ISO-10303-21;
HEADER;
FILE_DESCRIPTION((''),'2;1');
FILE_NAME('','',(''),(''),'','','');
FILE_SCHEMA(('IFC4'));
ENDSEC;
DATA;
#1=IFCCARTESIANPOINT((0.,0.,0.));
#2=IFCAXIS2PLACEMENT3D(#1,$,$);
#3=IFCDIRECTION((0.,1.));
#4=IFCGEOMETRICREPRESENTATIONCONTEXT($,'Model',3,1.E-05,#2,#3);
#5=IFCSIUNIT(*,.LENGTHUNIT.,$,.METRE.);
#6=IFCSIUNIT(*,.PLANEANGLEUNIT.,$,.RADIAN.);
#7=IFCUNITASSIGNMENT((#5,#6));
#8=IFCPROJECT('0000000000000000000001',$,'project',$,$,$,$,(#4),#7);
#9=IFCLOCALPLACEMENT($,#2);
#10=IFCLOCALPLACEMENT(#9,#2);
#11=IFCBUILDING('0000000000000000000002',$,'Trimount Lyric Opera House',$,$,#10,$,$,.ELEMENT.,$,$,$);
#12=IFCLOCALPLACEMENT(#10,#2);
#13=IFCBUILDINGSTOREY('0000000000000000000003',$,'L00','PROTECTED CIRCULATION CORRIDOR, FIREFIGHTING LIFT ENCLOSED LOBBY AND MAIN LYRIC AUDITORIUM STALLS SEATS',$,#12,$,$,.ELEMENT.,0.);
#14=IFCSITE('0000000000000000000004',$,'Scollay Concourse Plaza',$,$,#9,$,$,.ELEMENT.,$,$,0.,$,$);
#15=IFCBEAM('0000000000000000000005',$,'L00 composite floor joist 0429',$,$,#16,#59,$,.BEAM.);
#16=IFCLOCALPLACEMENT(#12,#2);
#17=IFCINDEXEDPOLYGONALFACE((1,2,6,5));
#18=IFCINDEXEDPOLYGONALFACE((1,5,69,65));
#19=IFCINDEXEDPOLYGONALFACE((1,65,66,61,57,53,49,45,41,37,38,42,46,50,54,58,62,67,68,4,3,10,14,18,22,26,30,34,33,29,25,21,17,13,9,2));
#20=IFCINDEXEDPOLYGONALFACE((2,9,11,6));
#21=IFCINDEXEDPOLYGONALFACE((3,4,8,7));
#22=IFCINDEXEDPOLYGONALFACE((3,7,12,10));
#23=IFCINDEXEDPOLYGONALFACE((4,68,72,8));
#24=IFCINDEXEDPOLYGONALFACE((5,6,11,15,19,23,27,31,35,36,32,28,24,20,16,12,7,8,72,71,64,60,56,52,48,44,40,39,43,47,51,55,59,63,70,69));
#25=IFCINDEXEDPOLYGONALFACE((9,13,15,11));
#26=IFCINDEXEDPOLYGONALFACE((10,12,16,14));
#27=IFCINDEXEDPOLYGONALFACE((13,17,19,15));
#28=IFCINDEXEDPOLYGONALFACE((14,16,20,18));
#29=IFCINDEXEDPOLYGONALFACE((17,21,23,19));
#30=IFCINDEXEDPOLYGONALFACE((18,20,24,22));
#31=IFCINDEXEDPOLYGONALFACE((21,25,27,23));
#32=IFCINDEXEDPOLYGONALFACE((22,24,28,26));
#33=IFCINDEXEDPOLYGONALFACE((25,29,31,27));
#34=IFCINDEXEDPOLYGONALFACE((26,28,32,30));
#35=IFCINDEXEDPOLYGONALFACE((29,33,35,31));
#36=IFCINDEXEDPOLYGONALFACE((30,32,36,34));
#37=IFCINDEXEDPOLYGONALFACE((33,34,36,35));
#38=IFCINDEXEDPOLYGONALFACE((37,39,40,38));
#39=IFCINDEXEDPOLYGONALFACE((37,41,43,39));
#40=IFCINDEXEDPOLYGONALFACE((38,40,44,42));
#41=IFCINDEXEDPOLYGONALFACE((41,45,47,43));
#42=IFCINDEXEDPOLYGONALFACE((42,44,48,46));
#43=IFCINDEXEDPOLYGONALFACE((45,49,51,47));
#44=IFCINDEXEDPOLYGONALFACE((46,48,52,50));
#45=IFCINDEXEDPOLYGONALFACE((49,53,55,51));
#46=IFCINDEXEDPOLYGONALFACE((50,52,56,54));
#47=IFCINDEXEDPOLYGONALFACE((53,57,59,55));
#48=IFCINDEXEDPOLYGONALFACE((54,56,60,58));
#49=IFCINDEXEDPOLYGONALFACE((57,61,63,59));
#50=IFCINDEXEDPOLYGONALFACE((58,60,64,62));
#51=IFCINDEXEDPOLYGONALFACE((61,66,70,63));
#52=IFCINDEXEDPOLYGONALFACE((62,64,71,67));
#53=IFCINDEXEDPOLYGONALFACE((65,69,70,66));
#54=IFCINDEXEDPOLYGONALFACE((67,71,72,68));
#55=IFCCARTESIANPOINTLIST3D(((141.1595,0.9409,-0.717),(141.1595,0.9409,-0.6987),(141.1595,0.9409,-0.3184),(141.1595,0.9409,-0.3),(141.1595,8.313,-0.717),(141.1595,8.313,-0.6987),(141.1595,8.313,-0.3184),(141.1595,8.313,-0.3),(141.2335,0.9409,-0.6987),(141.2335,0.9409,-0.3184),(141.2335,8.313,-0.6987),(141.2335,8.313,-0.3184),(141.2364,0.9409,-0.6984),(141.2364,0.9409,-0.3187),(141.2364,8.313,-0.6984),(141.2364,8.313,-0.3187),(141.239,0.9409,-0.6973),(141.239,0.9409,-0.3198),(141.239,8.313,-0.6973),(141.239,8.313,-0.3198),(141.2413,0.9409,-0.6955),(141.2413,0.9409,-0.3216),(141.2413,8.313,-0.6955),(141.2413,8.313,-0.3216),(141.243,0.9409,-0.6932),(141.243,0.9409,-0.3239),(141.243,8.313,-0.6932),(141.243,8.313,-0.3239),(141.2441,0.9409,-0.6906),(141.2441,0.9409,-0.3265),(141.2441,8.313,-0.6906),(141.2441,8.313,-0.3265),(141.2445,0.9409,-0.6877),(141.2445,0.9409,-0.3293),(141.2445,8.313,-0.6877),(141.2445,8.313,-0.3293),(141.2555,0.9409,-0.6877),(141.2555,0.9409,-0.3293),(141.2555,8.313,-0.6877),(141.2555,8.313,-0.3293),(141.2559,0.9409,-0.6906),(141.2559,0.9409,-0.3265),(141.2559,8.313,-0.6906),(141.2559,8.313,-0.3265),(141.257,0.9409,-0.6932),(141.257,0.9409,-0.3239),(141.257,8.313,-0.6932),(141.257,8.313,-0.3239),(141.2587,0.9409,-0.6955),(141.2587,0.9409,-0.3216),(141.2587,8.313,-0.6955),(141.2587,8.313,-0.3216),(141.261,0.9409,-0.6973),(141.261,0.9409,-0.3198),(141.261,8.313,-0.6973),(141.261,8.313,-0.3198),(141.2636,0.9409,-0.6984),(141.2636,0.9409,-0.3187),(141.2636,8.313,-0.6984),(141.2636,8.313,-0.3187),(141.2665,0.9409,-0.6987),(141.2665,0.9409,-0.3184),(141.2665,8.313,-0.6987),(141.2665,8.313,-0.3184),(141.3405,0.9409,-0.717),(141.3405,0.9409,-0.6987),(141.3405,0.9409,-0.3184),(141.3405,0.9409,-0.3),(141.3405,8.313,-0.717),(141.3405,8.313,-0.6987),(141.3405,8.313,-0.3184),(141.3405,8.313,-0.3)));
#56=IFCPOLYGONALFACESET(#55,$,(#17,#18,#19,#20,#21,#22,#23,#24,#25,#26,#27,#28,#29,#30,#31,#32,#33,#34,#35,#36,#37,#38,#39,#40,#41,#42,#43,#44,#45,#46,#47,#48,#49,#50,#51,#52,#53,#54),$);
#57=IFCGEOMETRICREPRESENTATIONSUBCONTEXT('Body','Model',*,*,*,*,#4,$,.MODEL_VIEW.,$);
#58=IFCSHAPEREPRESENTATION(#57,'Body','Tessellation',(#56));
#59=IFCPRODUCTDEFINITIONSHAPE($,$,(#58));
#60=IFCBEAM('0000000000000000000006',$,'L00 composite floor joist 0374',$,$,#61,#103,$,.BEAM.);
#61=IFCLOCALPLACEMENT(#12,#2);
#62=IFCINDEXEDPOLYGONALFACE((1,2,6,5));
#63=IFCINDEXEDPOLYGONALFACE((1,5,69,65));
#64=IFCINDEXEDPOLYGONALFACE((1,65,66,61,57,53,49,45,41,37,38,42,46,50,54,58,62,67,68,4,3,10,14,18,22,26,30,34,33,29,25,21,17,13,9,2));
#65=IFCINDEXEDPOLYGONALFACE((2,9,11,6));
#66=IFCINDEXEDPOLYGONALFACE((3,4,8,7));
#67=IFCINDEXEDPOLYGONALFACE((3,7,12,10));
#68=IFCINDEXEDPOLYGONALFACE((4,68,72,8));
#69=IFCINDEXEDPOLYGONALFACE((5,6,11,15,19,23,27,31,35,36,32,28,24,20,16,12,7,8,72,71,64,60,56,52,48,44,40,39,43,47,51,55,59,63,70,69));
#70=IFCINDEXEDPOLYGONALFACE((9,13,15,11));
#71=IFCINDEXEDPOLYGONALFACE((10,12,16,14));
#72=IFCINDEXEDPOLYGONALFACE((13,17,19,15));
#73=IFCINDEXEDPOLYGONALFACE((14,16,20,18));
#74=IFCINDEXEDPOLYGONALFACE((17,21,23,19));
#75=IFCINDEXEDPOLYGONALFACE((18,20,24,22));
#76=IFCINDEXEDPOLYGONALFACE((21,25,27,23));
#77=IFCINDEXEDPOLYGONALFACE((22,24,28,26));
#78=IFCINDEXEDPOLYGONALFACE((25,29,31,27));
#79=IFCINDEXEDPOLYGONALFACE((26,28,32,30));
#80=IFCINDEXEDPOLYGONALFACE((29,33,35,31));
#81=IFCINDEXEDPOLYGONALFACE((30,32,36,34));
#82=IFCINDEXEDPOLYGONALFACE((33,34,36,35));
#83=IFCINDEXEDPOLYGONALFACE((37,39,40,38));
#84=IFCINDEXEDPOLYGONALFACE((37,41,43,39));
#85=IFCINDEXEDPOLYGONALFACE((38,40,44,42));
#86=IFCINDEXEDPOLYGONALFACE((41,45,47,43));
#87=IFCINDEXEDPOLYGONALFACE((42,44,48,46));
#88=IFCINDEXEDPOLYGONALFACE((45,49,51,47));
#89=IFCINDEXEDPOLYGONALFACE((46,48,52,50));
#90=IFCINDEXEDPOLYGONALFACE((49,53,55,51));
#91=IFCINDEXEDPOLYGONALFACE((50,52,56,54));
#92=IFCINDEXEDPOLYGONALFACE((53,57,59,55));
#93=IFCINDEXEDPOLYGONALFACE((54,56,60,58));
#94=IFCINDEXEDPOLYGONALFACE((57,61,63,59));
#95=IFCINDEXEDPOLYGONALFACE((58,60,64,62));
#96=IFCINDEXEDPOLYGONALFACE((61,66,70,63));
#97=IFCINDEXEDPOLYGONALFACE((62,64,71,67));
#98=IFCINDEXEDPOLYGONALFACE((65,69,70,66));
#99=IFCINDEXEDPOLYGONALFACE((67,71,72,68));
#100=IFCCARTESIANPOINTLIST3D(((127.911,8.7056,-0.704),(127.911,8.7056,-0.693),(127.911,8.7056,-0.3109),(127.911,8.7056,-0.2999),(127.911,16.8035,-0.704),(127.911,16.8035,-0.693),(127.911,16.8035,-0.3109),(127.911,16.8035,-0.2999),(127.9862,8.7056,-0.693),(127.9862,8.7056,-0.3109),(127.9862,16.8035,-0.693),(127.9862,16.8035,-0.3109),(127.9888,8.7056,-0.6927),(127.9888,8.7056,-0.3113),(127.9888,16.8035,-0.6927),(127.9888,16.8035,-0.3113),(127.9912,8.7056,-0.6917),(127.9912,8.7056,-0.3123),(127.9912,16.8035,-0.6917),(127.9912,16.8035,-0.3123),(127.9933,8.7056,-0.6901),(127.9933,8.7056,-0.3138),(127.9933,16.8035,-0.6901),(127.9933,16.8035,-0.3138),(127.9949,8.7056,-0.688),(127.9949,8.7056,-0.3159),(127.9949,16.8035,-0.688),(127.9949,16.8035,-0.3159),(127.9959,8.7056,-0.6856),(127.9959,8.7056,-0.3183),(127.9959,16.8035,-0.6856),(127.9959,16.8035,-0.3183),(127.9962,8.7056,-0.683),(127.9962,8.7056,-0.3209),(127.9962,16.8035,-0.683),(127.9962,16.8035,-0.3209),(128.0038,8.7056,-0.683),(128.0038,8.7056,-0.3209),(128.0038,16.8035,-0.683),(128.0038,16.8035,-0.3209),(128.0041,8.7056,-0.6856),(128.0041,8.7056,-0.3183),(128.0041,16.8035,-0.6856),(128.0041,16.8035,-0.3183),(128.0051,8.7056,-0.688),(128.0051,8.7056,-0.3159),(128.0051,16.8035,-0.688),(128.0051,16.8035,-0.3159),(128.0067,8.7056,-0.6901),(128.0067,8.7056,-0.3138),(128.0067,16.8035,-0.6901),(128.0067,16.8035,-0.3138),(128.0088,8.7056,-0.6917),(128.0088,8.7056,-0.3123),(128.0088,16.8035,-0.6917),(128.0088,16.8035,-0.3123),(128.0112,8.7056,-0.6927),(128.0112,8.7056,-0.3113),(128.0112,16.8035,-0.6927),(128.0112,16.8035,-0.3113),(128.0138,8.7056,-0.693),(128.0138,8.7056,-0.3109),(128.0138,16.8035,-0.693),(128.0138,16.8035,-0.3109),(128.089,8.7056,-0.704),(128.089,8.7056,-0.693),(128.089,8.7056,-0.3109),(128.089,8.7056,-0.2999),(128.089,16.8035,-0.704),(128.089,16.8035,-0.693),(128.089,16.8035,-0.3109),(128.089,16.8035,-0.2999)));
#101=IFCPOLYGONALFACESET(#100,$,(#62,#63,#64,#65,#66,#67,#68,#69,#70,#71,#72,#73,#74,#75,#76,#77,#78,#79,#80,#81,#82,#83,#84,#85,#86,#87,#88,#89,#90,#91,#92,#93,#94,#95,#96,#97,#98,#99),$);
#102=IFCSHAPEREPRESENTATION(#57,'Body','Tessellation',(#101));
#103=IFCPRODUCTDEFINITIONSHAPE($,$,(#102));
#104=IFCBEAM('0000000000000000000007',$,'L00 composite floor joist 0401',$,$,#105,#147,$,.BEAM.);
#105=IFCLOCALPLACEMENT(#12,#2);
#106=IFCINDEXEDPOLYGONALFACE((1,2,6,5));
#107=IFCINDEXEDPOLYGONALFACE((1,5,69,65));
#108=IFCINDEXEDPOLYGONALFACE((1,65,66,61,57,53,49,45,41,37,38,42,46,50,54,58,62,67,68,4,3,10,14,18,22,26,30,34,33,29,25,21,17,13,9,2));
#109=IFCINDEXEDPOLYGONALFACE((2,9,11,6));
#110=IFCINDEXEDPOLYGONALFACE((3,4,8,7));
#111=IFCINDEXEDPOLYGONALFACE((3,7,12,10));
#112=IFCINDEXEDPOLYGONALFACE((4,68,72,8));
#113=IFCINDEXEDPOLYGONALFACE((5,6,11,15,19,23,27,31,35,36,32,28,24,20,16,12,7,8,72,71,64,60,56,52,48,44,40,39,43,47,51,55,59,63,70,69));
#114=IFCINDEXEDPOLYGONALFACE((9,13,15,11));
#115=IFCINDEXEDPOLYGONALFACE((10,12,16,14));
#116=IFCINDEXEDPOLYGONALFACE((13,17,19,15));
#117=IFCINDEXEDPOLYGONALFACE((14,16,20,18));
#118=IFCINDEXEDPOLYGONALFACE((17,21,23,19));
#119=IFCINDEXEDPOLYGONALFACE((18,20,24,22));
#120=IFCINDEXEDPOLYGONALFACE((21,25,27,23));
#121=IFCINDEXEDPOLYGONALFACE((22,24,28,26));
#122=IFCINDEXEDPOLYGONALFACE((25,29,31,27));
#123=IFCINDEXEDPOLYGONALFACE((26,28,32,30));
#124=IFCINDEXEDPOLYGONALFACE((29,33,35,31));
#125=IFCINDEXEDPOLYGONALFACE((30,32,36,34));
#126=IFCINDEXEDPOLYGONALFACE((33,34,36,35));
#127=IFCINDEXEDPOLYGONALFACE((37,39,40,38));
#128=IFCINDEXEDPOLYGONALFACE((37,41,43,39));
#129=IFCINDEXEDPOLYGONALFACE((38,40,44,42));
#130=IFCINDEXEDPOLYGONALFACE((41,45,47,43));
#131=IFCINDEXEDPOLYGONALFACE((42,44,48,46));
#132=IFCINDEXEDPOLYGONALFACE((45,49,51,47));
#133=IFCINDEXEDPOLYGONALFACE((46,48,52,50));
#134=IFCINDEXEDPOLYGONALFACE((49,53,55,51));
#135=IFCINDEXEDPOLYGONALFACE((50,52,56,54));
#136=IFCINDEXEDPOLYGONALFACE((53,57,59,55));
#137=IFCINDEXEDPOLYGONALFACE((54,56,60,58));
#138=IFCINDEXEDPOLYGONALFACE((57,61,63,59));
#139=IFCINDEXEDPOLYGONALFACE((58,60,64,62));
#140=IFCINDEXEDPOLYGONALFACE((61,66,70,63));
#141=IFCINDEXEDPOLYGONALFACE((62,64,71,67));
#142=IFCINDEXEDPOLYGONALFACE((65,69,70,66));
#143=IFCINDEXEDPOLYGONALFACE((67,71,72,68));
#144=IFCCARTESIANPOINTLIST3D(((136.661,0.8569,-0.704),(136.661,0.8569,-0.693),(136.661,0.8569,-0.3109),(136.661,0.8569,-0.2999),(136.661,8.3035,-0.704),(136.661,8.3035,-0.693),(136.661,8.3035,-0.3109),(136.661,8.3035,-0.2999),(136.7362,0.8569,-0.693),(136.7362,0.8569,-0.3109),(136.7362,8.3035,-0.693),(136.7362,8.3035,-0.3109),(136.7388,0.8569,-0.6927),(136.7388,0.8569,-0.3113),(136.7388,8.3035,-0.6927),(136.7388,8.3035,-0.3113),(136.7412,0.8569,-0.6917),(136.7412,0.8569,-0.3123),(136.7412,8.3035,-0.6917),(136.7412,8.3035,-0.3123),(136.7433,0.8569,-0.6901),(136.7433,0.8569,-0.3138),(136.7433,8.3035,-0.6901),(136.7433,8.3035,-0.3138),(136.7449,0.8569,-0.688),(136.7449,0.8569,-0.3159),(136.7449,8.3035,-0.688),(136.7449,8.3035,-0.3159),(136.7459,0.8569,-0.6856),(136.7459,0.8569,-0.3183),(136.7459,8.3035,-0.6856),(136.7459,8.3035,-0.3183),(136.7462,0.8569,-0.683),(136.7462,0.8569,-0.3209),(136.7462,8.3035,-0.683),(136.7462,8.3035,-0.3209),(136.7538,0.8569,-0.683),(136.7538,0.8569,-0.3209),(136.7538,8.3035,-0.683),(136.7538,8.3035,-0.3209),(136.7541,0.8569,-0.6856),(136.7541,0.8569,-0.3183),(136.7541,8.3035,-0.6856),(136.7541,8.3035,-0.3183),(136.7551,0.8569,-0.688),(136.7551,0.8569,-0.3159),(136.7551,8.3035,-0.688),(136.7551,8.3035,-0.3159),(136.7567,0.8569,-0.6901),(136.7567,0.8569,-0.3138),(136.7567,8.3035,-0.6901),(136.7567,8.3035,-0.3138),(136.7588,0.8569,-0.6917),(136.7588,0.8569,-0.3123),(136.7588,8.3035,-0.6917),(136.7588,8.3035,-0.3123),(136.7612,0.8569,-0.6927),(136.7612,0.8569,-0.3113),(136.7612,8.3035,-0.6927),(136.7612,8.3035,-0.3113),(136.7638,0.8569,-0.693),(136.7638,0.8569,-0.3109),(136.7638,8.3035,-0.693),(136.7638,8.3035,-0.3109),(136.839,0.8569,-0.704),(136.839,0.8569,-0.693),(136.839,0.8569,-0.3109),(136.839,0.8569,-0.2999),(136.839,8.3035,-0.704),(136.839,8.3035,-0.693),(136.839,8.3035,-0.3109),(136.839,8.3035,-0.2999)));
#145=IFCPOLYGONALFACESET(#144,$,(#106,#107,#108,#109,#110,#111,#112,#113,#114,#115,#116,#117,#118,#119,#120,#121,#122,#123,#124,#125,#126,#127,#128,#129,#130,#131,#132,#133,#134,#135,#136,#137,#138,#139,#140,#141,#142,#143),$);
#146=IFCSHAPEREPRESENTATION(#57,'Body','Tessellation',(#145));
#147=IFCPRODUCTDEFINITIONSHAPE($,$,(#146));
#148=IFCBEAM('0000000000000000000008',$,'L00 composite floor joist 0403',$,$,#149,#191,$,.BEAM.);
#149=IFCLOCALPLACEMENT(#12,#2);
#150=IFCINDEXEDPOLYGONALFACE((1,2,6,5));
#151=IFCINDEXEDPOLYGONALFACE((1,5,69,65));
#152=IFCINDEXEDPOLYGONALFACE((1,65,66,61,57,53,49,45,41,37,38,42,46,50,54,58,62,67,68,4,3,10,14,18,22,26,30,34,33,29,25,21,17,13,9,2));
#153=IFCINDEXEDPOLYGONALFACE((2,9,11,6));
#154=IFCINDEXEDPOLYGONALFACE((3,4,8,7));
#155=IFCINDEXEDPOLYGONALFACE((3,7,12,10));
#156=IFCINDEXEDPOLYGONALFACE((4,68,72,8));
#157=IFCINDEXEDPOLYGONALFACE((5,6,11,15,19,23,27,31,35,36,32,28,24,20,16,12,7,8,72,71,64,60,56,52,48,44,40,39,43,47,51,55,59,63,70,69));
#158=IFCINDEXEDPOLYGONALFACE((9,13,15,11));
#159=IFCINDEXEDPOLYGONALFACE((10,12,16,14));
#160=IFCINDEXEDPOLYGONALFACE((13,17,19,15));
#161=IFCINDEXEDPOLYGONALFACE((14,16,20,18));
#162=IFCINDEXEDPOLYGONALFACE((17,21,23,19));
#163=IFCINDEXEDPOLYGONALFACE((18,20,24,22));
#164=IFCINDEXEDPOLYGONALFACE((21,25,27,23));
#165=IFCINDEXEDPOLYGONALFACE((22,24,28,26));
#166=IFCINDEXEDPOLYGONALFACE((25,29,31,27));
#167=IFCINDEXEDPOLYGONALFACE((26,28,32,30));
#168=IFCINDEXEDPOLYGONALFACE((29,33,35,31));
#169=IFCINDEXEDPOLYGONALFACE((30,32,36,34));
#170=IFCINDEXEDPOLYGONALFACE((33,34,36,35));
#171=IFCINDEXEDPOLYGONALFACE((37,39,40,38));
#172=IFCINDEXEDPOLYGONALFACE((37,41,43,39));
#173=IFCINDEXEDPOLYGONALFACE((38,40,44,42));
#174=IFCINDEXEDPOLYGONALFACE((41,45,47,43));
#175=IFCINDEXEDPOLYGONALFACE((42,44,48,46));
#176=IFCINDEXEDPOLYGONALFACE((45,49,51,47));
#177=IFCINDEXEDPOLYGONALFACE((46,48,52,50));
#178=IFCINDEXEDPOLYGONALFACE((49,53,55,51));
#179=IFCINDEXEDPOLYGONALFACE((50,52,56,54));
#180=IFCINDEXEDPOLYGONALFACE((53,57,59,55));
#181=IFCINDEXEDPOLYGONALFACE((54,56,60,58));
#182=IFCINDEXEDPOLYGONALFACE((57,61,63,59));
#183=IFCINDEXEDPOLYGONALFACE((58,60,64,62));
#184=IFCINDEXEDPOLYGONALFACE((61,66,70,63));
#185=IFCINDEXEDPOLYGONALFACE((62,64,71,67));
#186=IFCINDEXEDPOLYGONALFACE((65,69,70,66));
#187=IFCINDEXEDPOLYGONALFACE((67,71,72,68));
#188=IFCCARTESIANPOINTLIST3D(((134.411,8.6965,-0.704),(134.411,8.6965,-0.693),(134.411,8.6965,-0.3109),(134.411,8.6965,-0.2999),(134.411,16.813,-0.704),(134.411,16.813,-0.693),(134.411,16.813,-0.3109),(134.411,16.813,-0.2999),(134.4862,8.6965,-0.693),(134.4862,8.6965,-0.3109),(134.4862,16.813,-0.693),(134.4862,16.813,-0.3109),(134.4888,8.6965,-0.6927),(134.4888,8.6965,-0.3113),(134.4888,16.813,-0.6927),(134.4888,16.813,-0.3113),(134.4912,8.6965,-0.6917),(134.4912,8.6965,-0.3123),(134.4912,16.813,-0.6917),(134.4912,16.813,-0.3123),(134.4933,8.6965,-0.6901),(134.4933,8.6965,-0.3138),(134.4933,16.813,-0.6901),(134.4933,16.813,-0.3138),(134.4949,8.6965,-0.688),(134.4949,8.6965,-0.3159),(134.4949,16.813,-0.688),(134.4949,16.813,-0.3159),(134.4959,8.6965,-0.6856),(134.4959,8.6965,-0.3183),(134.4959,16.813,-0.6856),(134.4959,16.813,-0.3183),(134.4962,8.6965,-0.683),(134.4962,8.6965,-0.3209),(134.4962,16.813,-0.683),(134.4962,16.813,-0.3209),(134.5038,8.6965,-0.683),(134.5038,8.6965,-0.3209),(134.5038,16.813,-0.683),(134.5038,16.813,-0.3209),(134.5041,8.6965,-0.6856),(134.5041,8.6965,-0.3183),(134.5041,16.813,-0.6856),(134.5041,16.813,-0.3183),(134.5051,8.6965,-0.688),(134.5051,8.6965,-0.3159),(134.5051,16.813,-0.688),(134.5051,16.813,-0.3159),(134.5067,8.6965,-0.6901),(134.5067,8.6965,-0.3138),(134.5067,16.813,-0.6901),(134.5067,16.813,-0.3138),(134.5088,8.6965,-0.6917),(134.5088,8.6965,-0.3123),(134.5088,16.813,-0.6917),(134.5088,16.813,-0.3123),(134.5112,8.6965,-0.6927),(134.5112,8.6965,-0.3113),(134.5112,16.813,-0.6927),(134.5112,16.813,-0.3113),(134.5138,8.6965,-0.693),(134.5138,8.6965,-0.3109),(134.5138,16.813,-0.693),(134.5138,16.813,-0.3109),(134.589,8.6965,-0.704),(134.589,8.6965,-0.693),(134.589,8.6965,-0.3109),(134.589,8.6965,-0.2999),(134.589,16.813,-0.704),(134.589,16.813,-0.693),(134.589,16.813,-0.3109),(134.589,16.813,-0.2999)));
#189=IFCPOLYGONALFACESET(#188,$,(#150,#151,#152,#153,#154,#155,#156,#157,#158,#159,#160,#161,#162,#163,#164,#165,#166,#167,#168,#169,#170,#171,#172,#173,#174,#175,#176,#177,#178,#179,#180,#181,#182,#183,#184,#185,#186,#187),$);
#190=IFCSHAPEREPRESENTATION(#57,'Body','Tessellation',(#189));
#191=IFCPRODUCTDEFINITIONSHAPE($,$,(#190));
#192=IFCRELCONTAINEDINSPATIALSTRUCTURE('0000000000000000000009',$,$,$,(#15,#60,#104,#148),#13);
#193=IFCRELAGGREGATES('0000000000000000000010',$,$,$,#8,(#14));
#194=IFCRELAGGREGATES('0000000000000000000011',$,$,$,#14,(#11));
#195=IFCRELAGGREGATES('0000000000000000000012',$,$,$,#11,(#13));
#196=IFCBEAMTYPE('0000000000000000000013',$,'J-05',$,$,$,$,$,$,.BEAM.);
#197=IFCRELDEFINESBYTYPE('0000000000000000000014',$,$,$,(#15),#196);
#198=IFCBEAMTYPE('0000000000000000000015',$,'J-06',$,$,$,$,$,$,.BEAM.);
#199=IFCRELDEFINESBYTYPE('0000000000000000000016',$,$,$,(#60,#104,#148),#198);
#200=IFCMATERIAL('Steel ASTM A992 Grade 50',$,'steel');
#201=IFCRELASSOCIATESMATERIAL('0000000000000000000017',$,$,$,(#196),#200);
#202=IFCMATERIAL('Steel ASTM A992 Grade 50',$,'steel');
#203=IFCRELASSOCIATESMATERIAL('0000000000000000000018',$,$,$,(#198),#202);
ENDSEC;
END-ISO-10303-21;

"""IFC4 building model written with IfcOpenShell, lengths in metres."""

from ifc_helpers import new_model, si_unit, direction, frame, origin, origin_2d, place, context, subcontext, project, spatial, i_section, extrude, material, material_profile, profile_set, type_object, element, save


model = new_model("IFC4")

# Units and contexts
model_context = context("Model", 3, precision=1e-05, world=origin(), true_north=direction((0.0, 1.0)))
body_context = subcontext(model_context, "Body", "Model", "MODEL_VIEW")
ifc_project = project(units=[si_unit("LENGTHUNIT", "METRE"), si_unit("PLANEANGLEUNIT", "RADIAN")], contexts=[model_context])

# Site, building, storey
site_placement = place(None, origin())
site = spatial("IfcSite", under=ifc_project, at=site_placement, Name="Scollay Concourse Plaza", CompositionType="ELEMENT", RefElevation=0.0)
building_placement = place(site_placement, origin())
building = spatial("IfcBuilding", under=site, at=building_placement, Name="Trimount Lyric Opera House", CompositionType="ELEMENT")
storey_placement = place(building_placement, origin())
storey = spatial("IfcBuildingStorey", under=building, at=storey_placement, Name="L00", Description="PROTECTED CIRCULATION CORRIDOR, FIREFIGHTING LIFT ENCLOSED LOBBY AND MAIN LYRIC AUDITORIUM STALLS SEATS", CompositionType="ELEMENT", Elevation=0.0)

# Beams
ifc_material_1 = material(Name="Steel ASTM A992 Grade 50", Category="steel")
ifc_material_profile_1 = material_profile(ifc_material_1, i_section(OverallWidth=0.1809, OverallDepth=0.417, WebThickness=0.011, FlangeThickness=0.0183, FilletRadius=0.011, at=origin_2d()), Name="W16X57")
ifc_profile_set_1 = profile_set([ifc_material_profile_1], Name="Steel ASTM A992 Grade 50")
beam_type_1 = type_object("IfcBeamType", Name="J-05", PredefinedType="BEAM", material=ifc_profile_set_1)
beam_1_placement = place(storey_placement, frame((141.25, 0.9409, -0.5085), z_axis=(0.0, 1.0, 0.0), x_axis=(-1.0, 0.0, 0.0)))
element("IfcBeam", 1, at=beam_1_placement, inside=storey, type_object=beam_type_1, Name="L00 composite floor joist 0429", PredefinedType="BEAM", context=body_context, shape_type="SweptSolid", body=[
    extrude(i_section(OverallWidth=0.1809, OverallDepth=0.417, WebThickness=0.011, FlangeThickness=0.0183, FilletRadius=0.011, at=origin_2d()), origin(), (0.0, 0.0, 1.0), 7.3721),
])
ifc_material_2 = material(Name="Steel ASTM A992 Grade 50", Category="steel")
ifc_material_profile_2 = material_profile(ifc_material_2, i_section(OverallWidth=0.178, OverallDepth=0.4041, WebThickness=0.0076, FlangeThickness=0.011, FilletRadius=0.01, at=origin_2d()), Name="W16X36")
ifc_profile_set_2 = profile_set([ifc_material_profile_2], Name="Steel ASTM A992 Grade 50")
beam_type_2 = type_object("IfcBeamType", Name="J-06", PredefinedType="BEAM", material=ifc_profile_set_2)
beam_2_placement = place(storey_placement, frame((128.0, 8.7056, -0.502), z_axis=(0.0, 1.0, 0.0), x_axis=(-1.0, 0.0, 0.0)))
element("IfcBeam", 2, at=beam_2_placement, inside=storey, type_object=beam_type_2, Name="L00 composite floor joist 0374", PredefinedType="BEAM", context=body_context, shape_type="SweptSolid", body=[
    extrude(i_section(OverallWidth=0.178, OverallDepth=0.4041, WebThickness=0.0076, FlangeThickness=0.011, FilletRadius=0.01, at=origin_2d()), origin(), (0.0, 0.0, 1.0), 8.0979),
])
beam_3_placement = place(storey_placement, frame((136.75, 0.8569, -0.502), z_axis=(0.0, 1.0, 0.0), x_axis=(-1.0, 0.0, 0.0)))
element("IfcBeam", 3, at=beam_3_placement, inside=storey, type_object=beam_type_2, Name="L00 composite floor joist 0401", PredefinedType="BEAM", context=body_context, shape_type="SweptSolid", body=[
    extrude(i_section(OverallWidth=0.178, OverallDepth=0.4041, WebThickness=0.0076, FlangeThickness=0.011, FilletRadius=0.01, at=origin_2d()), origin(), (0.0, 0.0, 1.0), 7.4465),
])
beam_4_placement = place(storey_placement, frame((134.5, 8.6965, -0.502), z_axis=(0.0, 1.0, 0.0), x_axis=(-1.0, 0.0, 0.0)))
element("IfcBeam", 4, at=beam_4_placement, inside=storey, type_object=beam_type_2, Name="L00 composite floor joist 0403", PredefinedType="BEAM", context=body_context, shape_type="SweptSolid", body=[
    extrude(i_section(OverallWidth=0.178, OverallDepth=0.4041, WebThickness=0.0076, FlangeThickness=0.011, FilletRadius=0.01, at=origin_2d()), origin(), (0.0, 0.0, 1.0), 8.1165),
])

save(model, "model.ifc")
